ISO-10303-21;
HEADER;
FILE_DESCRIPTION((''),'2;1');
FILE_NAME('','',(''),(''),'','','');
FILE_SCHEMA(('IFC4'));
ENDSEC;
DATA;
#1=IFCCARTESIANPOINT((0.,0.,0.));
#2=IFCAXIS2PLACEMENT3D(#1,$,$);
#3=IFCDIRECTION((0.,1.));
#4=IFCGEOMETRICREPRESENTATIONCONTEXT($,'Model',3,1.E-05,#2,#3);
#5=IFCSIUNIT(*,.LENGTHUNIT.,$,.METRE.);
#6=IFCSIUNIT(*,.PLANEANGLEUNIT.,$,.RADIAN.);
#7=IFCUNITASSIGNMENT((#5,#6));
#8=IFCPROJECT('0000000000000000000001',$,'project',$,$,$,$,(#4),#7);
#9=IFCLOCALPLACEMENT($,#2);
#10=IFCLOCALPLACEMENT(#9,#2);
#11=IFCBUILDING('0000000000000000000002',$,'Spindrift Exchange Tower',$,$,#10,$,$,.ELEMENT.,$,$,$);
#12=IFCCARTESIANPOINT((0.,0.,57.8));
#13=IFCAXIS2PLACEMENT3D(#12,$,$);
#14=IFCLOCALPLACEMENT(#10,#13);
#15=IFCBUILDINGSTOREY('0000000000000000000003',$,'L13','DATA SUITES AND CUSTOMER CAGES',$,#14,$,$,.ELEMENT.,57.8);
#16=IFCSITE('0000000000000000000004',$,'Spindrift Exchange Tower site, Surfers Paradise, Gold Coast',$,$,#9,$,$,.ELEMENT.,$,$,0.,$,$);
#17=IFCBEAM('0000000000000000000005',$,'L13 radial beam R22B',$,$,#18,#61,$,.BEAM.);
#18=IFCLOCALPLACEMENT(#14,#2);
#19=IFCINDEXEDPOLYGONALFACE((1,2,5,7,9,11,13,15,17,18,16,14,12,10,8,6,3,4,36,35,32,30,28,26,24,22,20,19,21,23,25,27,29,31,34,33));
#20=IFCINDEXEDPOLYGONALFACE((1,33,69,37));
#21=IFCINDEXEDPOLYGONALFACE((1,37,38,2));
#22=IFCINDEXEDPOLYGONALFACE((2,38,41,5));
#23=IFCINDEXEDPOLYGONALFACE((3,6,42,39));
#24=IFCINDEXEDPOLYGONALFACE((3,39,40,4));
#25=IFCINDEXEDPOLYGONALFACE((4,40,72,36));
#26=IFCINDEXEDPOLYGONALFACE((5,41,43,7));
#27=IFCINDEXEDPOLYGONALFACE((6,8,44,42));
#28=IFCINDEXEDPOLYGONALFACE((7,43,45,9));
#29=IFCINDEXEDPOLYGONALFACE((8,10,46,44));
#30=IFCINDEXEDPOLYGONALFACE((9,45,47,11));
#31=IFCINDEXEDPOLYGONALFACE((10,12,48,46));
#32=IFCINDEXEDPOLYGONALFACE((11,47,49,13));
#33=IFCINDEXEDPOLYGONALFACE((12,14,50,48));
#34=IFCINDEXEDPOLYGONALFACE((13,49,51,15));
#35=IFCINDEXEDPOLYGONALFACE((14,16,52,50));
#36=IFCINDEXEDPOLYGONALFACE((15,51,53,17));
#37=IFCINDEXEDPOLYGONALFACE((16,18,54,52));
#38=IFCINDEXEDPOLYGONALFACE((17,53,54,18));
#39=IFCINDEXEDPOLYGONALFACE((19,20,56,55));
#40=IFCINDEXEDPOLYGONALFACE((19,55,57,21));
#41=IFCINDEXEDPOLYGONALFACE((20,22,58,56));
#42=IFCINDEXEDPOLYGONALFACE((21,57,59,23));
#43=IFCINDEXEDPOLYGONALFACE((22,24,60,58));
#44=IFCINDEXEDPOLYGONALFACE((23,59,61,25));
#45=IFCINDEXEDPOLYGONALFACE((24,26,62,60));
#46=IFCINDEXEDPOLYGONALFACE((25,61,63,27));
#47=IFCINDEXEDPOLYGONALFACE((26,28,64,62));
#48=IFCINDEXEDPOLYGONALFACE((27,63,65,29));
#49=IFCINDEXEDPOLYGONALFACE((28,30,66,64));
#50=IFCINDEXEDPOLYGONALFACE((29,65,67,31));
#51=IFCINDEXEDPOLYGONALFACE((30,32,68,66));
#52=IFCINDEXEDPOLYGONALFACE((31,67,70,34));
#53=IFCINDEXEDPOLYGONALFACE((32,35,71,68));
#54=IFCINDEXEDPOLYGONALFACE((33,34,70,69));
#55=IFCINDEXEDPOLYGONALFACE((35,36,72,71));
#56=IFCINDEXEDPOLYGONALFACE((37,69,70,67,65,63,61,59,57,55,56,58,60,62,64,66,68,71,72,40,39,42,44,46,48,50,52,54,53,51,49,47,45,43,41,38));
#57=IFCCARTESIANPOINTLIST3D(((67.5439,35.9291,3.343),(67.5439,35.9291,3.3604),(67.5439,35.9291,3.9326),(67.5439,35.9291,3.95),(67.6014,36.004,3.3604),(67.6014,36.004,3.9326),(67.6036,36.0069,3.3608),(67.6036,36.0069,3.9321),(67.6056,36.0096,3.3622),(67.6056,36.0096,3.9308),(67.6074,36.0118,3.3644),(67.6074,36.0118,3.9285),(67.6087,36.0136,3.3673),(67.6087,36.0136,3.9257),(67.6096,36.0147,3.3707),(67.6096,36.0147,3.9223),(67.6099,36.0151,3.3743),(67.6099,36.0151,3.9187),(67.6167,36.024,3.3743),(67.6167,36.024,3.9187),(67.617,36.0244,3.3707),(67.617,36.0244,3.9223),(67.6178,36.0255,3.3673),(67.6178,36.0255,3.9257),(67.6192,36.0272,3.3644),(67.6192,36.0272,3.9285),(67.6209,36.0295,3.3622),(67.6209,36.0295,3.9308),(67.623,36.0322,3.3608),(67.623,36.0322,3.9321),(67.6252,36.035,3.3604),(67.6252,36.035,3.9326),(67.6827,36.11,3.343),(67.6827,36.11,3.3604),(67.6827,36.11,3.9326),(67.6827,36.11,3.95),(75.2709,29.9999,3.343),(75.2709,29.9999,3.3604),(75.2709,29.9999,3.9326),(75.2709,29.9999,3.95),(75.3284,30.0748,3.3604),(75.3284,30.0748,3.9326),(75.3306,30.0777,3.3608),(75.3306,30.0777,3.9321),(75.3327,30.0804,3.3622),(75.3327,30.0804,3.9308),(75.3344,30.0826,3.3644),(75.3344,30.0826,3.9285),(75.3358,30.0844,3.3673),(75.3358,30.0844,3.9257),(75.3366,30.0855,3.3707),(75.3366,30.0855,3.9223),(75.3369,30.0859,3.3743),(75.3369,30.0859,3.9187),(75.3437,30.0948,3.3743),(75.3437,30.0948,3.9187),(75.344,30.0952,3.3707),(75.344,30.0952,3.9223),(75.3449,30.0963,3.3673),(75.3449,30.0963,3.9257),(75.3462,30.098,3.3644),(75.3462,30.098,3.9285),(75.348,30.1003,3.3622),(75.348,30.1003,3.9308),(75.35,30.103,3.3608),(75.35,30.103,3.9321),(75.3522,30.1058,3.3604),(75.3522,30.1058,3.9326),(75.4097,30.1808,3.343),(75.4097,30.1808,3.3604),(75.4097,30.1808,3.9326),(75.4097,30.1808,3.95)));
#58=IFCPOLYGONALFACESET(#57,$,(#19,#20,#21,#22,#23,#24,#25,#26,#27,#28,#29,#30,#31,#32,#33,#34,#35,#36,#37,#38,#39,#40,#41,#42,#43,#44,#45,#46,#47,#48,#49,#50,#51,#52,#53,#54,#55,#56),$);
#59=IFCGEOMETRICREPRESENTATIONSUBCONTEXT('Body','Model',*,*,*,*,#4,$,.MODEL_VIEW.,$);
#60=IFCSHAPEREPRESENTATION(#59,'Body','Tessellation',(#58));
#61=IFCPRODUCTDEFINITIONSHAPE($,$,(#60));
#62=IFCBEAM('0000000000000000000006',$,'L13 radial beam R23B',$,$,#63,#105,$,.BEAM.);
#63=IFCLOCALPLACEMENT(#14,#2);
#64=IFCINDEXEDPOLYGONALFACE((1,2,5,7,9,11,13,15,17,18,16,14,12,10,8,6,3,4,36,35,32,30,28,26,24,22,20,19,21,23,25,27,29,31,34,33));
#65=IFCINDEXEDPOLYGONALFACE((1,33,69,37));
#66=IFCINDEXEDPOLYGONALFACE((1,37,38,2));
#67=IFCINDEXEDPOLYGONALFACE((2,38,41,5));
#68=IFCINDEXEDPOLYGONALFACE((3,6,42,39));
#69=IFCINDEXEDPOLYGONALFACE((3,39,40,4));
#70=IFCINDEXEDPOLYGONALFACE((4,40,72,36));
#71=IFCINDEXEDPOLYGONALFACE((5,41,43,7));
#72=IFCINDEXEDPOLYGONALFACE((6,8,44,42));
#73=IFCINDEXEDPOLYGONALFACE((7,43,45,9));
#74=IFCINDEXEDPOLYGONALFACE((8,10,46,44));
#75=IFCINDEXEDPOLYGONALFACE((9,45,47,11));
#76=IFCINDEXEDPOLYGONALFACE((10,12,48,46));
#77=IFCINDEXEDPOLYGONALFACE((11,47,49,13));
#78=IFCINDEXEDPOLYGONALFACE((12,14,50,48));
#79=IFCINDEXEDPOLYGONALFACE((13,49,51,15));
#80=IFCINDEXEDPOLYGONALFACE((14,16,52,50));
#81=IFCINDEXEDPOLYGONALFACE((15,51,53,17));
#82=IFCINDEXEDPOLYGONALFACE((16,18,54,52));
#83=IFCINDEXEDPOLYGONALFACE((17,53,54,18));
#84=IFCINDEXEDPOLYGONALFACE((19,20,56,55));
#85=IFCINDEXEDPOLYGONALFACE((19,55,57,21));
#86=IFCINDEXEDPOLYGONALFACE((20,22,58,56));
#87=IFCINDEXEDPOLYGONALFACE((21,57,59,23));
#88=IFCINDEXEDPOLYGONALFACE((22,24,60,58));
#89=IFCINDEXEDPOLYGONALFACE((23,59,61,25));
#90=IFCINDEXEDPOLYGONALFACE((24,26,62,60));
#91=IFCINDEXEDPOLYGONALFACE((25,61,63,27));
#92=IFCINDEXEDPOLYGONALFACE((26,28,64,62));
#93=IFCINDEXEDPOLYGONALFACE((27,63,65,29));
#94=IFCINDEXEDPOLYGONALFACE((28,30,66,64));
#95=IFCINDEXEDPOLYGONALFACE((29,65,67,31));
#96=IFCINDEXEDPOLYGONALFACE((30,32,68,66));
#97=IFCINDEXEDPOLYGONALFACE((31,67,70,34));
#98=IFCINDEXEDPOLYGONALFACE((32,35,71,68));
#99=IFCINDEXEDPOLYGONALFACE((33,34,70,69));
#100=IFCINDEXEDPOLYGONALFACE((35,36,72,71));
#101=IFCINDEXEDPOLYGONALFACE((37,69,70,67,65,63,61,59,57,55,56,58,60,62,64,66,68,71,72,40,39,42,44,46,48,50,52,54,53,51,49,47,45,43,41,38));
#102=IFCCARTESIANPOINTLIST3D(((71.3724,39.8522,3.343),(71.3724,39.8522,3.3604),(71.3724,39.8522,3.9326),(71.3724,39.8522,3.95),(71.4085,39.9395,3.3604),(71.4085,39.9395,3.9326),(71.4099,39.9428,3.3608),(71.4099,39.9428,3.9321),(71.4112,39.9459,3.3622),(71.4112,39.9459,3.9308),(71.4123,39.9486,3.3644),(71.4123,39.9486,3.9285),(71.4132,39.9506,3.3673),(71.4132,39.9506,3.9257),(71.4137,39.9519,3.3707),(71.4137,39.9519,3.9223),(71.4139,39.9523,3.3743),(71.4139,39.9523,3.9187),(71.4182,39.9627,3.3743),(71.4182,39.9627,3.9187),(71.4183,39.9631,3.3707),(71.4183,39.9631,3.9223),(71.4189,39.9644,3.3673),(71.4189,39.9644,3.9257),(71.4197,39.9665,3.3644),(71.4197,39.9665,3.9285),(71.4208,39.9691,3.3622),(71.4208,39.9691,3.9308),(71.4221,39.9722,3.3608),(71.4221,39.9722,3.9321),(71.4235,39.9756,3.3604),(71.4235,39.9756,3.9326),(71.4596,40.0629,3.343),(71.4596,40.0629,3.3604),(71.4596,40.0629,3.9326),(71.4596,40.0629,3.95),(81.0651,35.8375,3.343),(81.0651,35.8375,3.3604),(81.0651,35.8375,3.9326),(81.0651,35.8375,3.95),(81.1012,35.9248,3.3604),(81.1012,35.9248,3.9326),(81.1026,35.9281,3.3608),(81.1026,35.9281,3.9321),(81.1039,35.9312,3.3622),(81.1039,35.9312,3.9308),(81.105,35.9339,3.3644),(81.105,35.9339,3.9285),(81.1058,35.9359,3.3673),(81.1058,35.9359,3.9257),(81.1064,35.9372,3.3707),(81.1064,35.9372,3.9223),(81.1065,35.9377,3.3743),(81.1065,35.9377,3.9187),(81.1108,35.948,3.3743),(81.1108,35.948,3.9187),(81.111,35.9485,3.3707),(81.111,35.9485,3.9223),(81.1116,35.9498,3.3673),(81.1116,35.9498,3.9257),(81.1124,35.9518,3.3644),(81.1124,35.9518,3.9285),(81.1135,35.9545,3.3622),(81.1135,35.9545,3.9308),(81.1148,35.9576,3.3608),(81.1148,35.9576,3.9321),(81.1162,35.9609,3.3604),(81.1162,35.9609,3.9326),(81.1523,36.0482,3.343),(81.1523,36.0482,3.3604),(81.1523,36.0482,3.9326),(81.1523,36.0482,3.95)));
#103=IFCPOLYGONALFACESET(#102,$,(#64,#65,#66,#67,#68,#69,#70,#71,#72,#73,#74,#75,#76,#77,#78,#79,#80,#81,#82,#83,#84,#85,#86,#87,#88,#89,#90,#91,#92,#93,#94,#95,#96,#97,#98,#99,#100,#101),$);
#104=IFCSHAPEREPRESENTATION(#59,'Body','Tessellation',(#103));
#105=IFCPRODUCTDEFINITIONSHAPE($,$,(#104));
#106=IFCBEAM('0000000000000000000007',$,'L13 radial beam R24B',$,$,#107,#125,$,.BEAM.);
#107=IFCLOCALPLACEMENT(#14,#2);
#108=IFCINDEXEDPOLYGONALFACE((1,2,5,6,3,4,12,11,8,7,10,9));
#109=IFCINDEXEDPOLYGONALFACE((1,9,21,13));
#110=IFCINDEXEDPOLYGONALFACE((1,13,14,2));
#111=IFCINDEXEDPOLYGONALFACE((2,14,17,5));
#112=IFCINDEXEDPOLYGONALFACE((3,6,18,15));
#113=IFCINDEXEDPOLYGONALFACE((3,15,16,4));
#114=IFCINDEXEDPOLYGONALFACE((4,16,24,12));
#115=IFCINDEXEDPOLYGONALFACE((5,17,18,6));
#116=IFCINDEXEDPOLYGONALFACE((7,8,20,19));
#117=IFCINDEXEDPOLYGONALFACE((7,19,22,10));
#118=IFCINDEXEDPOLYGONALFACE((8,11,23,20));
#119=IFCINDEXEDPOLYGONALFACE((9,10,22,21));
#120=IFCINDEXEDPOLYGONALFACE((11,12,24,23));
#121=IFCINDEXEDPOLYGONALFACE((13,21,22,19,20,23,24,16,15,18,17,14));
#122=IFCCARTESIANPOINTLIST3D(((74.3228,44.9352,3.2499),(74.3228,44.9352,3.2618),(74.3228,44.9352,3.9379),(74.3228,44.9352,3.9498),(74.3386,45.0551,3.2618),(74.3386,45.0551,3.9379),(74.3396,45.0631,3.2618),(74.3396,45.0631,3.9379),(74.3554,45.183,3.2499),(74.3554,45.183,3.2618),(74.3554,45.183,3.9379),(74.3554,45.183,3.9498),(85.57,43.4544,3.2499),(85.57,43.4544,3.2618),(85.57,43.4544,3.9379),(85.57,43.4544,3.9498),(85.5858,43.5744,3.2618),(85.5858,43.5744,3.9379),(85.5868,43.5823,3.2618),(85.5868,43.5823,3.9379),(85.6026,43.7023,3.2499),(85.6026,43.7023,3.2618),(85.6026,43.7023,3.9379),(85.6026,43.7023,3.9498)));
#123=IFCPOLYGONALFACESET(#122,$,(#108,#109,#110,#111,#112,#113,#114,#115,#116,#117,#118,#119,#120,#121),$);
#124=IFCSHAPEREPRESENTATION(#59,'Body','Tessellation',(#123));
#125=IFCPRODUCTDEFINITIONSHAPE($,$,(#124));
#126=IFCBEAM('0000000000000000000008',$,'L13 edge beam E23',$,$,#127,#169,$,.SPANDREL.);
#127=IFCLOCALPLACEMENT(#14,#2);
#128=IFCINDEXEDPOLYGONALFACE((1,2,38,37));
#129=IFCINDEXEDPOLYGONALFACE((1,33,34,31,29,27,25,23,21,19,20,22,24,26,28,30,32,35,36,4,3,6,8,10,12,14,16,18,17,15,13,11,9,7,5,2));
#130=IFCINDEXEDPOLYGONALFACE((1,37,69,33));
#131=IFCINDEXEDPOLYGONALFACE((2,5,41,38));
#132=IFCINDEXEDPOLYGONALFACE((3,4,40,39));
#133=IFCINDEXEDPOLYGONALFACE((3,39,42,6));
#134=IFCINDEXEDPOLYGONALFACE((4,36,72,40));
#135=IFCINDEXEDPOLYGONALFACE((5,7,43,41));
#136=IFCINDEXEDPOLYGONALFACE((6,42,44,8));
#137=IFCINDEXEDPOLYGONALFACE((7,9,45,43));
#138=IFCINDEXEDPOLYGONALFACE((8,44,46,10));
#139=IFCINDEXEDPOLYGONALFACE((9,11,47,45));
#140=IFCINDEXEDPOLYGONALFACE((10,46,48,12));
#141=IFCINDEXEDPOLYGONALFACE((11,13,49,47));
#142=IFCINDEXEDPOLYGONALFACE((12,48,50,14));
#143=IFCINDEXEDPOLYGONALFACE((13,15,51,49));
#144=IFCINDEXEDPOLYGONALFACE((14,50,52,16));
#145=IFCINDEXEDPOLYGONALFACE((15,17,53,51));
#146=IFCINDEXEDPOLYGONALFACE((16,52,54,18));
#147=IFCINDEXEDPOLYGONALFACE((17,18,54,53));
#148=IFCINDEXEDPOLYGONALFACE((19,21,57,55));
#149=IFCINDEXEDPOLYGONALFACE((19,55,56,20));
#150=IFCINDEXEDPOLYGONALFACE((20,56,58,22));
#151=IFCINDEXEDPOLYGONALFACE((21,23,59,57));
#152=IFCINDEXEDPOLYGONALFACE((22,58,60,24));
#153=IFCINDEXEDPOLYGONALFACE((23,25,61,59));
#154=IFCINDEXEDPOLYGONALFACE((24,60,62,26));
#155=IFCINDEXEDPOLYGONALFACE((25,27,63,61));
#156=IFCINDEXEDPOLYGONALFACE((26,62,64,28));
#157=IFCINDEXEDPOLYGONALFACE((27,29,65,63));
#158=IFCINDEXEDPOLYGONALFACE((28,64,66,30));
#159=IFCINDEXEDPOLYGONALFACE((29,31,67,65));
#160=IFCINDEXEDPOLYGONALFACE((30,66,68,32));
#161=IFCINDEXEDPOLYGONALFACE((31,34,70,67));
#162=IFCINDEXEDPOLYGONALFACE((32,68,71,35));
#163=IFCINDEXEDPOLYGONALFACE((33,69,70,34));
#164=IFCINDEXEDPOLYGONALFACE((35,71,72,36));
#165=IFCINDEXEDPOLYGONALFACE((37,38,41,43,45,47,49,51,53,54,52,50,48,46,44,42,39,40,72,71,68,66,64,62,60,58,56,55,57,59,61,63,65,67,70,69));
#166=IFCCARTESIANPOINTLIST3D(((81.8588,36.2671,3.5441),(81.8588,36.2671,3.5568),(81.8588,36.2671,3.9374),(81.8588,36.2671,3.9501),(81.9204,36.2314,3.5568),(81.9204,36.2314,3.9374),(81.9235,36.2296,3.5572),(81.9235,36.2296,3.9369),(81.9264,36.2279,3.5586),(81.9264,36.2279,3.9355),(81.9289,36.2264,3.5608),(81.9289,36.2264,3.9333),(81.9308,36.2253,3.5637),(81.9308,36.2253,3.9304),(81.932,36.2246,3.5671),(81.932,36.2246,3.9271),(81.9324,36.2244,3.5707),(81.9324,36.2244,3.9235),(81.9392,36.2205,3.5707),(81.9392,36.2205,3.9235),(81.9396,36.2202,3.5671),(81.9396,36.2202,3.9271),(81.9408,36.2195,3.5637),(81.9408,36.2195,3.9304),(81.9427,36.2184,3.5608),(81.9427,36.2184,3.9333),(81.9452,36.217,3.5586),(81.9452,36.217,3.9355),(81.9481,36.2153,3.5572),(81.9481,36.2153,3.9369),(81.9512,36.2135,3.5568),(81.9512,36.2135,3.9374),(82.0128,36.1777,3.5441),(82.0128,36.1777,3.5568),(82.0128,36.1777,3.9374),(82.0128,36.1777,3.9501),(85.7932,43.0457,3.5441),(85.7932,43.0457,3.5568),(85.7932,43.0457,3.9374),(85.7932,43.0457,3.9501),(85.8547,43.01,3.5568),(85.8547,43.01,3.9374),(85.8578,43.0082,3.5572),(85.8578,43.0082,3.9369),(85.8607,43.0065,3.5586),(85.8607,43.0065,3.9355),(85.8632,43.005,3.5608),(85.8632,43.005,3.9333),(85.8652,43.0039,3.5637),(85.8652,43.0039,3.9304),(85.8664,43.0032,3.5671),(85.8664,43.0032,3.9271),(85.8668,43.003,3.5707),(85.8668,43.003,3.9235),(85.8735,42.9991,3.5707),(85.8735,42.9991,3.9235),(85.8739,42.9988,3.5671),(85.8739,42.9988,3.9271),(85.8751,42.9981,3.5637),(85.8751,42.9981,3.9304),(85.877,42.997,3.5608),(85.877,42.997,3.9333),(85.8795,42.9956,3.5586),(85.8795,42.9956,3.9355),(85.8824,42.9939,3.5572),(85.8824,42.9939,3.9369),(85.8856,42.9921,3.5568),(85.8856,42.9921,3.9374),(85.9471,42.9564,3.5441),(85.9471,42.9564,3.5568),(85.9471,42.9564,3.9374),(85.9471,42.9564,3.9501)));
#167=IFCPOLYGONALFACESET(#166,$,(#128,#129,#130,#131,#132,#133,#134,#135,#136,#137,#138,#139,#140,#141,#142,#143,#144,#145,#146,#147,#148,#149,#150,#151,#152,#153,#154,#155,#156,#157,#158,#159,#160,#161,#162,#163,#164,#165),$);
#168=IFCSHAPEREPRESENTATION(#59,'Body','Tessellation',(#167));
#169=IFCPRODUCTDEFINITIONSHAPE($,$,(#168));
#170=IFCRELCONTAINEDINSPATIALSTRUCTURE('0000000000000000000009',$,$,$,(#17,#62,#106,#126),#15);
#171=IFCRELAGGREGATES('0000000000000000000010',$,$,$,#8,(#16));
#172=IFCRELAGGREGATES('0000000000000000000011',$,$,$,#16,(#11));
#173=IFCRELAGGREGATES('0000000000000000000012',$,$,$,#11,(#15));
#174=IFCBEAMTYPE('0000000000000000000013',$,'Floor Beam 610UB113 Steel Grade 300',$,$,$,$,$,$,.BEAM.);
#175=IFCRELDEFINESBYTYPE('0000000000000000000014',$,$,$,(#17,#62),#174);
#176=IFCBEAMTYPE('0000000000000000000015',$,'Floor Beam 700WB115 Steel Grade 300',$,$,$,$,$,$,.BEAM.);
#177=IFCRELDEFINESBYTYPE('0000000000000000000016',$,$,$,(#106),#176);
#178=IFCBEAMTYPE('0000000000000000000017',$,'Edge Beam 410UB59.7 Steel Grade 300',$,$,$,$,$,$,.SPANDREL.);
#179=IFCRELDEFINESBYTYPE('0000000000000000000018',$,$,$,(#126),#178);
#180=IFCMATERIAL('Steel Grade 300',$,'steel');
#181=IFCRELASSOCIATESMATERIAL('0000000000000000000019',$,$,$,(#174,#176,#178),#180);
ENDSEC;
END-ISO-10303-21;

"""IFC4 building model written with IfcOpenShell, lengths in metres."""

from ifc_helpers import new_model, si_unit, direction, frame, origin, origin_2d, place, context, subcontext, project, spatial, i_section, extrude, source, transform, mapped, material, material_profile, profile_set, type_object, element, save


model = new_model("IFC4")

# Units and contexts
model_context = context("Model", 3, precision=1e-05, world=origin(), true_north=direction((0.0, 1.0)))
body_context = subcontext(model_context, "Body", "Model", "MODEL_VIEW")
ifc_project = project(units=[si_unit("LENGTHUNIT", "METRE"), si_unit("PLANEANGLEUNIT", "RADIAN")], contexts=[model_context])

# Site, building, storey
site_placement = place(None, origin())
site = spatial("IfcSite", under=ifc_project, at=site_placement, Name="Spindrift Exchange Tower site, Surfers Paradise, Gold Coast", CompositionType="ELEMENT", RefElevation=0.0)
building_placement = place(site_placement, origin())
building = spatial("IfcBuilding", under=site, at=building_placement, Name="Spindrift Exchange Tower", CompositionType="ELEMENT")
storey_placement = place(building_placement, frame((0.0, 0.0, 57.8)))
storey = spatial("IfcBuildingStorey", under=building, at=storey_placement, Name="L13", Description="DATA SUITES AND CUSTOMER CAGES", CompositionType="ELEMENT", Elevation=57.8)

# Beams
ifc_material_1 = material(Name="Steel Grade 300", Category="steel")
ifc_material_profile_1 = material_profile(ifc_material_1, i_section(OverallWidth=0.228, OverallDepth=0.6069, WebThickness=0.0112, FlangeThickness=0.0173, FilletRadius=0.0139, at=origin_2d()), Name="610UB113")
ifc_profile_set_1 = profile_set([ifc_material_profile_1], Name="Steel Grade 300")
beam_type_1 = type_object("IfcBeamType", Name="Floor Beam 610UB113 Steel Grade 300", PredefinedType="BEAM", material=ifc_profile_set_1)
shared_shape_1 = source(origin(), body_context, "Body", "SweptSolid", [
    extrude(i_section(OverallWidth=0.228, OverallDepth=0.6069, WebThickness=0.0112, FlangeThickness=0.0173, FilletRadius=0.0139, at=origin_2d()), origin(), (0.0, 0.0, 1.0), 9.7397),
])
beam_1_placement = place(storey_placement, frame((67.6133, 36.0195, 3.6465), z_axis=(0.793352, -0.608763, 0.0), x_axis=(0.608763, 0.793352, 0.0)))
element("IfcBeam", 1, at=beam_1_placement, inside=storey, type_object=beam_type_1, Name="L13 radial beam R22B", PredefinedType="BEAM", context=body_context, shape_type="MappedRepresentation", body=[
    mapped(shared_shape_1, transform((0.0, 0.0, 0.0), scale=1.0)),
])
shared_shape_2 = source(origin(), body_context, "Body", "SweptSolid", [
    extrude(i_section(OverallWidth=0.228, OverallDepth=0.6069, WebThickness=0.0112, FlangeThickness=0.0173, FilletRadius=0.0139, at=origin_2d()), origin(), (0.0, 0.0, 1.0), 10.4912),
])
beam_2_placement = place(storey_placement, frame((71.416, 39.9575, 3.6465), z_axis=(0.923885, -0.38267, 0.0), x_axis=(0.38267, 0.923885, 0.0)))
element("IfcBeam", 2, at=beam_2_placement, inside=storey, type_object=beam_type_1, Name="L13 radial beam R23B", PredefinedType="BEAM", context=body_context, shape_type="MappedRepresentation", body=[
    mapped(shared_shape_2, transform((0.0, 0.0, 0.0), scale=1.0)),
])
ifc_material_profile_2 = material_profile(ifc_material_1, i_section(OverallWidth=0.25, OverallDepth=0.7, WebThickness=0.0081, FlangeThickness=0.012, at=origin_2d()), Name="700WB115")
ifc_profile_set_2 = profile_set([ifc_material_profile_2], Name="Steel Grade 300")
beam_type_2 = type_object("IfcBeamType", Name="Floor Beam 700WB115 Steel Grade 300", PredefinedType="BEAM", material=ifc_profile_set_2)
shared_shape_3 = source(origin(), body_context, "Body", "SweptSolid", [
    extrude(i_section(OverallWidth=0.25, OverallDepth=0.7, WebThickness=0.0081, FlangeThickness=0.012, at=origin_2d()), origin(), (0.0, 0.0, 1.0), 11.3442),
])
beam_3_placement = place(storey_placement, frame((74.3391, 45.0591, 3.5999), z_axis=(0.991445, -0.130527, 0.0), x_axis=(0.130527, 0.991445, 0.0)))
element("IfcBeam", 3, at=beam_3_placement, inside=storey, type_object=beam_type_2, Name="L13 radial beam R24B", PredefinedType="BEAM", context=body_context, shape_type="MappedRepresentation", body=[
    mapped(shared_shape_3, transform((0.0, 0.0, 0.0), scale=1.0)),
])
ifc_material_profile_3 = material_profile(ifc_material_1, i_section(OverallWidth=0.178, OverallDepth=0.406, WebThickness=0.0078, FlangeThickness=0.0127, FilletRadius=0.0139, at=origin_2d()), Name="410UB59.7")
ifc_profile_set_3 = profile_set([ifc_material_profile_3], Name="Steel Grade 300")
beam_type_3 = type_object("IfcBeamType", Name="Edge Beam 410UB59.7 Steel Grade 300", PredefinedType="SPANDREL", material=ifc_profile_set_3)
shared_shape_4 = source(origin(), body_context, "Body", "SweptSolid", [
    extrude(i_section(OverallWidth=0.178, OverallDepth=0.406, WebThickness=0.0078, FlangeThickness=0.0127, FilletRadius=0.0139, at=origin_2d()), origin(), (0.0, 0.0, 1.0), 7.8376),
])
beam_4_placement = place(storey_placement, frame((81.9358, 36.2224, 3.7471), z_axis=(0.501981, 0.864878, 0.0), x_axis=(-0.864878, 0.501981, 0.0)))
element("IfcBeam", 4, at=beam_4_placement, inside=storey, type_object=beam_type_3, Name="L13 edge beam E23", PredefinedType="SPANDREL", context=body_context, shape_type="MappedRepresentation", body=[
    mapped(shared_shape_4, transform((0.0, 0.0, 0.0), scale=1.0)),
])

save(model, "model.ifc")
